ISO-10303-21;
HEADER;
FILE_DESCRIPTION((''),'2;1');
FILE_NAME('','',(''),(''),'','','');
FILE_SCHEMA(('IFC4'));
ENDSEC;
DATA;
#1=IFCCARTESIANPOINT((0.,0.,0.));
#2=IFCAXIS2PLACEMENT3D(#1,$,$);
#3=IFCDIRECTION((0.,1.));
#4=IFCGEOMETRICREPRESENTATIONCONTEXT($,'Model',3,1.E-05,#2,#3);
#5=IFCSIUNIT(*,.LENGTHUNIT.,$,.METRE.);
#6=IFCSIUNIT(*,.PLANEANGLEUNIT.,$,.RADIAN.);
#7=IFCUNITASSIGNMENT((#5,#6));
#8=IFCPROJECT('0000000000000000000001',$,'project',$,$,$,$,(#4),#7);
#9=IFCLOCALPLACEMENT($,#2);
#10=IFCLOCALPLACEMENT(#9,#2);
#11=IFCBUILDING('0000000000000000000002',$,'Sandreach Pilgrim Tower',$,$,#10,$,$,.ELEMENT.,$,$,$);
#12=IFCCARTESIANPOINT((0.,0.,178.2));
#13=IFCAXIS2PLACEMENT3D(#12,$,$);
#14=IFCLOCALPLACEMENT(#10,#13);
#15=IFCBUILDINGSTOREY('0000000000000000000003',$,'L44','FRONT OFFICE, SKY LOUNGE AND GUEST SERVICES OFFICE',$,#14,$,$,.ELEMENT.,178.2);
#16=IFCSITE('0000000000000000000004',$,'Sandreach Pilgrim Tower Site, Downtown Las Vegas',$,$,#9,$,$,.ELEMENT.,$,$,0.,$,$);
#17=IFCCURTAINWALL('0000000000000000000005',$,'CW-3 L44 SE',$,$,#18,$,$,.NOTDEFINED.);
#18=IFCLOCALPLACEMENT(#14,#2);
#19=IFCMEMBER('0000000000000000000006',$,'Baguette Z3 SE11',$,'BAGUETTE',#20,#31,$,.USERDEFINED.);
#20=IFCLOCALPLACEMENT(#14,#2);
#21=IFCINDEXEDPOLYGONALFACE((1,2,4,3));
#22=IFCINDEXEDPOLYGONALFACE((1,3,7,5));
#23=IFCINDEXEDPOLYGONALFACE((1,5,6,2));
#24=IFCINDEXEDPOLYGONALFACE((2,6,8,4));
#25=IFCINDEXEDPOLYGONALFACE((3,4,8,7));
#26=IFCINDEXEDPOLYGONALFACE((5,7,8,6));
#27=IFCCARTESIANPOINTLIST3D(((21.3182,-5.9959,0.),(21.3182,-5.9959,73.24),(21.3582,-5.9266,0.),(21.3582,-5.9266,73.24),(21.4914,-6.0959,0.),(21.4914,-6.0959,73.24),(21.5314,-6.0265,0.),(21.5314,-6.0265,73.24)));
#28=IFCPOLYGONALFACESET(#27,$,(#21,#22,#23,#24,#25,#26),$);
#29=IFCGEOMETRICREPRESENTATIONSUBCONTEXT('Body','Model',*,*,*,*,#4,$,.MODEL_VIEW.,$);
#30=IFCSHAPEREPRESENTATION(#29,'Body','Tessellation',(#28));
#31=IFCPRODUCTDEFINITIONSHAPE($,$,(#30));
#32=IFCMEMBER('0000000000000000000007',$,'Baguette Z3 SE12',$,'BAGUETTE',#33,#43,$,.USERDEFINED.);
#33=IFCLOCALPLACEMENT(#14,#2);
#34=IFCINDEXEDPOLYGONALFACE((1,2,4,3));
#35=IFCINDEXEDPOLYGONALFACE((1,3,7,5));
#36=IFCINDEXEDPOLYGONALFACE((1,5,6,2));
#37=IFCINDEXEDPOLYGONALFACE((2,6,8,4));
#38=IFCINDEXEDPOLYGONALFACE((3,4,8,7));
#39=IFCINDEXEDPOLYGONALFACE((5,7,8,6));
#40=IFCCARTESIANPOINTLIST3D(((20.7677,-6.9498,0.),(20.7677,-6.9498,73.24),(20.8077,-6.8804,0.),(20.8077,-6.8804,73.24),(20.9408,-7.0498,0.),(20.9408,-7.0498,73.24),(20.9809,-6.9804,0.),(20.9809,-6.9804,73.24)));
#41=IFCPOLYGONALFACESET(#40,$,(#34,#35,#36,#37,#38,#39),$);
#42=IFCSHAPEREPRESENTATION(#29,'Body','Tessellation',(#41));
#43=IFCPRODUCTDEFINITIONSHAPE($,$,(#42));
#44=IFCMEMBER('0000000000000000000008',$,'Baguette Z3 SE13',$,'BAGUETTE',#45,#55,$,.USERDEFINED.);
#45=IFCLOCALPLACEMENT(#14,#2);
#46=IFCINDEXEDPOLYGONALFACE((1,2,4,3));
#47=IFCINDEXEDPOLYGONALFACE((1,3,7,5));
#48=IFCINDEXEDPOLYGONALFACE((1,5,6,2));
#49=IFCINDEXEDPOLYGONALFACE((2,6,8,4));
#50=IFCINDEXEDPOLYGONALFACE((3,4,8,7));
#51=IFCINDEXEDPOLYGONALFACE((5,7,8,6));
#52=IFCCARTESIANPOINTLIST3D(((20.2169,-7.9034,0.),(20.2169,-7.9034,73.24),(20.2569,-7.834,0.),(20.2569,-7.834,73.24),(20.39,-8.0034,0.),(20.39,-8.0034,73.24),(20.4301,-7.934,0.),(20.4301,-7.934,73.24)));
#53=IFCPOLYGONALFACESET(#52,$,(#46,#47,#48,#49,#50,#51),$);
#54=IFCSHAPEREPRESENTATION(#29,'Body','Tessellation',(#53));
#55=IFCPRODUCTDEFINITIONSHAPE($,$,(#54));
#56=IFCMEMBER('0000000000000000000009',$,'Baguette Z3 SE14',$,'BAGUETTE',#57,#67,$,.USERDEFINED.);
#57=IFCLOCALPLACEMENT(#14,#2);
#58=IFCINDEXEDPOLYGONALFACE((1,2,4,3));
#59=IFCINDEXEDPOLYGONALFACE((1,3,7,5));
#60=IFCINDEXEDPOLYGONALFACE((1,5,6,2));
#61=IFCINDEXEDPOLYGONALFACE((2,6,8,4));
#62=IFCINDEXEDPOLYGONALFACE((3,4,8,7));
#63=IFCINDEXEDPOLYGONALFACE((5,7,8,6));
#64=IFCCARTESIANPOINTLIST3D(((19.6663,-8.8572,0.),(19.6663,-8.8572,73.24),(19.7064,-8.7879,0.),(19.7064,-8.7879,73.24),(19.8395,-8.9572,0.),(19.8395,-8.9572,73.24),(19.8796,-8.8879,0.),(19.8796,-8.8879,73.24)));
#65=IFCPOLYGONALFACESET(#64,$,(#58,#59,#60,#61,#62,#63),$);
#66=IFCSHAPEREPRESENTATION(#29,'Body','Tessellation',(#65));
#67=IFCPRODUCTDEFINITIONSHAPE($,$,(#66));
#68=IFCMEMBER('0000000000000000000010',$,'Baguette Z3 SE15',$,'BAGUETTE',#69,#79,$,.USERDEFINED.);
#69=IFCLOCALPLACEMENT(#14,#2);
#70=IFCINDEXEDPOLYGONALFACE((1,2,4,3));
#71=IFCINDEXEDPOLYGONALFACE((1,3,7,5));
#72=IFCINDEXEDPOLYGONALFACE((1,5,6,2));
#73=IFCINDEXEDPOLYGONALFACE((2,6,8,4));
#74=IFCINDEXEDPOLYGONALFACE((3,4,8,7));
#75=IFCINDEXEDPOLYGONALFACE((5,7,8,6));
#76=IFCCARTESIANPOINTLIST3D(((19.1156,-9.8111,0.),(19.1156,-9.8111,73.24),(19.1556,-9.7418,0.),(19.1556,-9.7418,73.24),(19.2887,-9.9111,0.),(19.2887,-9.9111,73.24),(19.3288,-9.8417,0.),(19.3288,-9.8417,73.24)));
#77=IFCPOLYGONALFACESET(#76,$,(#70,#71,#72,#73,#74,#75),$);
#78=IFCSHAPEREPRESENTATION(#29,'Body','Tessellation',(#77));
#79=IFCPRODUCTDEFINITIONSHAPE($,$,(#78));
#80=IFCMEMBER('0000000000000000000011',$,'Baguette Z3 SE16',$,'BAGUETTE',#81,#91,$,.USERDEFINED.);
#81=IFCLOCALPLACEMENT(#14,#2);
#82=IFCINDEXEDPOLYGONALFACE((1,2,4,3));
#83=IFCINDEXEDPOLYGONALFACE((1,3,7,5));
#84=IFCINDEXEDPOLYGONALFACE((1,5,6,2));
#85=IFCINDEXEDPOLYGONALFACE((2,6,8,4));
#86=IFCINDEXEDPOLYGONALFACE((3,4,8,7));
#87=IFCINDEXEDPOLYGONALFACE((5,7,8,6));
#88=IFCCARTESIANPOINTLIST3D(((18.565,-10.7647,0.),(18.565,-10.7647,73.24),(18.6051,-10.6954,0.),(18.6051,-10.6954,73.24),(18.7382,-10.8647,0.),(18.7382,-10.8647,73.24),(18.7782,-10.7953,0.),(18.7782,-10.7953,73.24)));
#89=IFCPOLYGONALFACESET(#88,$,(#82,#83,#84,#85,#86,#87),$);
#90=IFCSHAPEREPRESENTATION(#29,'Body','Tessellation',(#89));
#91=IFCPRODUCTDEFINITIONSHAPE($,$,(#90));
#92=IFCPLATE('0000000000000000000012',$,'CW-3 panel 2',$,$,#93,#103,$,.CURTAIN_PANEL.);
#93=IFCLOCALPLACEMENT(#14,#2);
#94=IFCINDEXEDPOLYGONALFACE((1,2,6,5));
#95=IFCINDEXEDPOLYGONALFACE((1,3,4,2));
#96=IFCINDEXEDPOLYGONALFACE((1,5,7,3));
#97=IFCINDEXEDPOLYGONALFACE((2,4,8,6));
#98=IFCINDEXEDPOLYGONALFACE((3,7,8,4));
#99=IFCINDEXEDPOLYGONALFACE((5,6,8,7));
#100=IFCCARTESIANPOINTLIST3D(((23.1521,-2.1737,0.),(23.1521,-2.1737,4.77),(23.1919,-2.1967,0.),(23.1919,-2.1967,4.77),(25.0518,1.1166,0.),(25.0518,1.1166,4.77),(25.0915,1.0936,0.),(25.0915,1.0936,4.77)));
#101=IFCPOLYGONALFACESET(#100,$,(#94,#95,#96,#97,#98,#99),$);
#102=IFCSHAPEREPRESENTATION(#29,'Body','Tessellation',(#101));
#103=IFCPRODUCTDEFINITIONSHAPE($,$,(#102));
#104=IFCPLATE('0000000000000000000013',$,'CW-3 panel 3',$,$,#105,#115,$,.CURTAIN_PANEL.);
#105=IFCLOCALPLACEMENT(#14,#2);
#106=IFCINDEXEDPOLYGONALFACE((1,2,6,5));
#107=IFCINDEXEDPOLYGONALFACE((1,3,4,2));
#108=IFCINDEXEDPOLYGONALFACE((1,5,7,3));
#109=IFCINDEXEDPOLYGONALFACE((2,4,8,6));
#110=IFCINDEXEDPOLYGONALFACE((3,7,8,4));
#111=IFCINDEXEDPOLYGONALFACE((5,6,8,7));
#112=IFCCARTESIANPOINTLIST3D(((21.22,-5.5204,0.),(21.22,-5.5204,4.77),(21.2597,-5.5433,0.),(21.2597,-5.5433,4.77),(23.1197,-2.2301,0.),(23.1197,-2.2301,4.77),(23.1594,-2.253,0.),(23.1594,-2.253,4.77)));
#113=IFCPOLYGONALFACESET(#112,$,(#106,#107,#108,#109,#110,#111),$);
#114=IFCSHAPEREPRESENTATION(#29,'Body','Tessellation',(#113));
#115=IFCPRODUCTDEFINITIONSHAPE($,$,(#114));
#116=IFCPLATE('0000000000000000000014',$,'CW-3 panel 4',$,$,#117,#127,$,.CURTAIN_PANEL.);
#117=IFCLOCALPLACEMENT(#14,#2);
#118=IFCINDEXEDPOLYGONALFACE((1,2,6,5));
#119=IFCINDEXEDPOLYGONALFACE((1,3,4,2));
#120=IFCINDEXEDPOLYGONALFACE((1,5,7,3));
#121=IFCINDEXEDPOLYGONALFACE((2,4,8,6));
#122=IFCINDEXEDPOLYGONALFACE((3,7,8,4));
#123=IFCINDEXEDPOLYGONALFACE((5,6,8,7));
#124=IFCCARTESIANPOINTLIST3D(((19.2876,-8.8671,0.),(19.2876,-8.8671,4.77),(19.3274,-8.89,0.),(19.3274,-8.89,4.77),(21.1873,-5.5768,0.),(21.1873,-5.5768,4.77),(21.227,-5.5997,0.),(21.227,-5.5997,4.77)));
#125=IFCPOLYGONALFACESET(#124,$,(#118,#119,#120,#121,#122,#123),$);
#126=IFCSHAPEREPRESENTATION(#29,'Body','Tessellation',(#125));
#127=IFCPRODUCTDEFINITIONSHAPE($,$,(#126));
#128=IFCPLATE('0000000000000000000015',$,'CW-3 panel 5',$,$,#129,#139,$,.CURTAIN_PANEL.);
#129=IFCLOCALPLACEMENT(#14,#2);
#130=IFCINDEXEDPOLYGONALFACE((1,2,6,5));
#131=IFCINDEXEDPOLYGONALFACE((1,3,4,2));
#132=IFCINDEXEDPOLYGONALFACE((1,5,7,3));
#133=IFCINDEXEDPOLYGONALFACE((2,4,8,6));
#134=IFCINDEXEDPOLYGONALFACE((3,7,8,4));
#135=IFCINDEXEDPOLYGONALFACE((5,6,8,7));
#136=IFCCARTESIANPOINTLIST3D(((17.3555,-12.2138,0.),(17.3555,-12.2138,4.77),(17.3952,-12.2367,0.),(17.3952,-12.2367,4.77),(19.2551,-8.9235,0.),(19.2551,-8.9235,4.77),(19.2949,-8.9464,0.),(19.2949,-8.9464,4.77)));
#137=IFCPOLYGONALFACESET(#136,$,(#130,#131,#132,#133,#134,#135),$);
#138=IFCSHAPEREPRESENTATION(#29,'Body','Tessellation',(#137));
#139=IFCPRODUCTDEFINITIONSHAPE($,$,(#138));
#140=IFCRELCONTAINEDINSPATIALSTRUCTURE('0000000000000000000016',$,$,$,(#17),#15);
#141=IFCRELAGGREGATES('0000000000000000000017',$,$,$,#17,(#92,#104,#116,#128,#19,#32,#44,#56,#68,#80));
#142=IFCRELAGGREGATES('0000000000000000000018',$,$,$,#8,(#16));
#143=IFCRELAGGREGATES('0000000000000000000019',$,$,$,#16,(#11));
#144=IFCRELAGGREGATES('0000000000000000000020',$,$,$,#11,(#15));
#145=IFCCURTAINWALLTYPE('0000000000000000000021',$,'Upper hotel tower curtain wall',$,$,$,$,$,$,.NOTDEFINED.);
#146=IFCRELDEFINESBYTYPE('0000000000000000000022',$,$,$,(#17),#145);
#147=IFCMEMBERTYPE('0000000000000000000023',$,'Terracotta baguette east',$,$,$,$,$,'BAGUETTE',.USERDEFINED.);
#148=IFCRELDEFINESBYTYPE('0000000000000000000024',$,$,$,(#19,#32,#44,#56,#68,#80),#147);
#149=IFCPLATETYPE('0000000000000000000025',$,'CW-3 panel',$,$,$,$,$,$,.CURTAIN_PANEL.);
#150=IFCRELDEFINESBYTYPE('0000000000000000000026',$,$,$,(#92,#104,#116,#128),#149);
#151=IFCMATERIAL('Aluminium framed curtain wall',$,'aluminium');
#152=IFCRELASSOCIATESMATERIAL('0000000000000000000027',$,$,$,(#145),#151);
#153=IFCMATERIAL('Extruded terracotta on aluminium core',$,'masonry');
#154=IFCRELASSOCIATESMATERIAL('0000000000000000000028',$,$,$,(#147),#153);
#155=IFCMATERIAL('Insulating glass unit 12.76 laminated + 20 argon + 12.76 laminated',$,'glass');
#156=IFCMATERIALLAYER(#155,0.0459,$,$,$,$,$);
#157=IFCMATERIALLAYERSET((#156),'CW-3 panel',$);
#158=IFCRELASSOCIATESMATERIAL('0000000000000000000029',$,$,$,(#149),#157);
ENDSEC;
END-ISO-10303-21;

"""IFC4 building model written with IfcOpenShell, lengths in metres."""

from ifc_helpers import new_model, si_unit, direction, frame, origin, origin_2d, place, context, subcontext, project, spatial, rectangle, extrude, material, layer, layer_set, material_profile, profile_set, type_object, element, aggregate, save


model = new_model("IFC4")

# Units and contexts
model_context = context("Model", 3, precision=1e-05, world=origin(), true_north=direction((0.0, 1.0)))
body_context = subcontext(model_context, "Body", "Model", "MODEL_VIEW")
ifc_project = project(units=[si_unit("LENGTHUNIT", "METRE"), si_unit("PLANEANGLEUNIT", "RADIAN")], contexts=[model_context])

# Site, building, storey
site_placement = place(None, origin())
site = spatial("IfcSite", under=ifc_project, at=site_placement, Name="Sandreach Pilgrim Tower Site, Downtown Las Vegas", CompositionType="ELEMENT", RefElevation=0.0)
building_placement = place(site_placement, origin())
building = spatial("IfcBuilding", under=site, at=building_placement, Name="Sandreach Pilgrim Tower", CompositionType="ELEMENT")
storey_placement = place(building_placement, frame((0.0, 0.0, 178.2)))
storey = spatial("IfcBuildingStorey", under=building, at=storey_placement, Name="L44", Description="FRONT OFFICE, SKY LOUNGE AND GUEST SERVICES OFFICE", CompositionType="ELEMENT", Elevation=178.2)

# Curtain wall
ifc_material_1 = material(Name="Aluminium framed curtain wall", Category="aluminium")
curtain_wall_type = type_object("IfcCurtainWallType", Name="Upper hotel tower curtain wall", PredefinedType="NOTDEFINED", material=ifc_material_1)
curtain_wall_placement = place(storey_placement, origin())
curtain_wall = element("IfcCurtainWall", 1, at=curtain_wall_placement, inside=storey, type_object=curtain_wall_type, Name="CW-3 L44 SE", PredefinedType="NOTDEFINED")

# Members
ifc_material_2 = material(Name="Extruded terracotta on aluminium core", Category="masonry")
ifc_material_profile_1 = material_profile(ifc_material_2, rectangle(XDim=0.0801, YDim=0.2, at=origin_2d()), Name="TBE 80X200")
ifc_profile_set_1 = profile_set([ifc_material_profile_1], Name="Extruded terracotta on aluminium core")
member_type_1 = type_object("IfcMemberType", Name="Terracotta baguette east", ElementType="BAGUETTE", PredefinedType="USERDEFINED", material=ifc_profile_set_1)
member_1_placement = place(storey_placement, frame((21.4248, -6.0112, 0.0), z_axis=(0.0, 0.0, 1.0), x_axis=(-0.5, -0.866025, 0.0)))
member_1 = element("IfcMember", 2, at=member_1_placement, type_object=member_type_1, Name="Baguette Z3 SE11", ObjectType="BAGUETTE", PredefinedType="USERDEFINED", context=body_context, shape_type="SweptSolid", body=[
    extrude(rectangle(XDim=0.0801, YDim=0.2, at=origin_2d()), origin(), (0.0, 0.0, 1.0), 73.24),
])
member_2_placement = place(storey_placement, frame((20.8743, -6.9651, 0.0), z_axis=(0.0, 0.0, 1.0), x_axis=(-0.5, -0.866025, 0.0)))
member_2 = element("IfcMember", 3, at=member_2_placement, type_object=member_type_1, Name="Baguette Z3 SE12", ObjectType="BAGUETTE", PredefinedType="USERDEFINED", context=body_context, shape_type="SweptSolid", body=[
    extrude(rectangle(XDim=0.0801, YDim=0.2, at=origin_2d()), origin(), (0.0, 0.0, 1.0), 73.24),
])
member_3_placement = place(storey_placement, frame((20.3235, -7.9187, 0.0), z_axis=(0.0, 0.0, 1.0), x_axis=(-0.5, -0.866025, 0.0)))
member_3 = element("IfcMember", 4, at=member_3_placement, type_object=member_type_1, Name="Baguette Z3 SE13", ObjectType="BAGUETTE", PredefinedType="USERDEFINED", context=body_context, shape_type="SweptSolid", body=[
    extrude(rectangle(XDim=0.0801, YDim=0.2, at=origin_2d()), origin(), (0.0, 0.0, 1.0), 73.24),
])
member_4_placement = place(storey_placement, frame((19.7729, -8.8726, 0.0), z_axis=(0.0, 0.0, 1.0), x_axis=(-0.5, -0.866025, 0.0)))
member_4 = element("IfcMember", 5, at=member_4_placement, type_object=member_type_1, Name="Baguette Z3 SE14", ObjectType="BAGUETTE", PredefinedType="USERDEFINED", context=body_context, shape_type="SweptSolid", body=[
    extrude(rectangle(XDim=0.0801, YDim=0.2, at=origin_2d()), origin(), (0.0, 0.0, 1.0), 73.24),
])
member_5_placement = place(storey_placement, frame((19.2222, -9.8264, 0.0), z_axis=(0.0, 0.0, 1.0), x_axis=(-0.5, -0.866025, 0.0)))
member_5 = element("IfcMember", 6, at=member_5_placement, type_object=member_type_1, Name="Baguette Z3 SE15", ObjectType="BAGUETTE", PredefinedType="USERDEFINED", context=body_context, shape_type="SweptSolid", body=[
    extrude(rectangle(XDim=0.0801, YDim=0.2, at=origin_2d()), origin(), (0.0, 0.0, 1.0), 73.24),
])
member_6_placement = place(storey_placement, frame((18.6716, -10.78, 0.0), z_axis=(0.0, 0.0, 1.0), x_axis=(-0.5, -0.866025, 0.0)))
member_6 = element("IfcMember", 7, at=member_6_placement, type_object=member_type_1, Name="Baguette Z3 SE16", ObjectType="BAGUETTE", PredefinedType="USERDEFINED", context=body_context, shape_type="SweptSolid", body=[
    extrude(rectangle(XDim=0.0801, YDim=0.2, at=origin_2d()), origin(), (0.0, 0.0, 1.0), 73.24),
])

# Plates
ifc_material_3 = material(Name="Insulating glass unit 12.76 laminated + 20 argon + 12.76 laminated", Category="glass")
ifc_layer = layer(ifc_material_3, 0.0459)
ifc_layer_set = layer_set([ifc_layer], Name="CW-3 panel")
plate_type = type_object("IfcPlateType", Name="CW-3 panel", PredefinedType="CURTAIN_PANEL", material=ifc_layer_set)
plate_1_placement = place(storey_placement, frame((24.1218, -0.54, 0.0), z_axis=(0.0, 0.0, 1.0), x_axis=(-0.5, -0.866025, 0.0)))
plate_1 = element("IfcPlate", 8, at=plate_1_placement, type_object=plate_type, Name="CW-3 panel 2", PredefinedType="CURTAIN_PANEL", context=body_context, shape_type="SweptSolid", body=[
    extrude(rectangle(XDim=3.7993, YDim=0.0459, at=origin_2d()), origin(), (0.0, 0.0, 1.0), 4.77),
])
plate_2_placement = place(storey_placement, frame((22.1897, -3.8867, 0.0), z_axis=(0.0, 0.0, 1.0), x_axis=(-0.5, -0.866025, 0.0)))
plate_2 = element("IfcPlate", 9, at=plate_2_placement, type_object=plate_type, Name="CW-3 panel 3", PredefinedType="CURTAIN_PANEL", context=body_context, shape_type="SweptSolid", body=[
    extrude(rectangle(XDim=3.7993, YDim=0.0459, at=origin_2d()), origin(), (0.0, 0.0, 1.0), 4.77),
])
plate_3_placement = place(storey_placement, frame((20.2573, -7.2334, 0.0), z_axis=(0.0, 0.0, 1.0), x_axis=(-0.5, -0.866025, 0.0)))
plate_3 = element("IfcPlate", 10, at=plate_3_placement, type_object=plate_type, Name="CW-3 panel 4", PredefinedType="CURTAIN_PANEL", context=body_context, shape_type="SweptSolid", body=[
    extrude(rectangle(XDim=3.7993, YDim=0.0459, at=origin_2d()), origin(), (0.0, 0.0, 1.0), 4.77),
])
plate_4_placement = place(storey_placement, frame((18.3252, -10.5801, 0.0), z_axis=(0.0, 0.0, 1.0), x_axis=(-0.5, -0.866025, 0.0)))
plate_4 = element("IfcPlate", 11, at=plate_4_placement, type_object=plate_type, Name="CW-3 panel 5", PredefinedType="CURTAIN_PANEL", context=body_context, shape_type="SweptSolid", body=[
    extrude(rectangle(XDim=3.7993, YDim=0.0459, at=origin_2d()), origin(), (0.0, 0.0, 1.0), 4.77),
])
aggregate(curtain_wall, [plate_1, plate_2, plate_3, plate_4, member_1, member_2, member_3, member_4, member_5, member_6])

save(model, "model.ifc")
